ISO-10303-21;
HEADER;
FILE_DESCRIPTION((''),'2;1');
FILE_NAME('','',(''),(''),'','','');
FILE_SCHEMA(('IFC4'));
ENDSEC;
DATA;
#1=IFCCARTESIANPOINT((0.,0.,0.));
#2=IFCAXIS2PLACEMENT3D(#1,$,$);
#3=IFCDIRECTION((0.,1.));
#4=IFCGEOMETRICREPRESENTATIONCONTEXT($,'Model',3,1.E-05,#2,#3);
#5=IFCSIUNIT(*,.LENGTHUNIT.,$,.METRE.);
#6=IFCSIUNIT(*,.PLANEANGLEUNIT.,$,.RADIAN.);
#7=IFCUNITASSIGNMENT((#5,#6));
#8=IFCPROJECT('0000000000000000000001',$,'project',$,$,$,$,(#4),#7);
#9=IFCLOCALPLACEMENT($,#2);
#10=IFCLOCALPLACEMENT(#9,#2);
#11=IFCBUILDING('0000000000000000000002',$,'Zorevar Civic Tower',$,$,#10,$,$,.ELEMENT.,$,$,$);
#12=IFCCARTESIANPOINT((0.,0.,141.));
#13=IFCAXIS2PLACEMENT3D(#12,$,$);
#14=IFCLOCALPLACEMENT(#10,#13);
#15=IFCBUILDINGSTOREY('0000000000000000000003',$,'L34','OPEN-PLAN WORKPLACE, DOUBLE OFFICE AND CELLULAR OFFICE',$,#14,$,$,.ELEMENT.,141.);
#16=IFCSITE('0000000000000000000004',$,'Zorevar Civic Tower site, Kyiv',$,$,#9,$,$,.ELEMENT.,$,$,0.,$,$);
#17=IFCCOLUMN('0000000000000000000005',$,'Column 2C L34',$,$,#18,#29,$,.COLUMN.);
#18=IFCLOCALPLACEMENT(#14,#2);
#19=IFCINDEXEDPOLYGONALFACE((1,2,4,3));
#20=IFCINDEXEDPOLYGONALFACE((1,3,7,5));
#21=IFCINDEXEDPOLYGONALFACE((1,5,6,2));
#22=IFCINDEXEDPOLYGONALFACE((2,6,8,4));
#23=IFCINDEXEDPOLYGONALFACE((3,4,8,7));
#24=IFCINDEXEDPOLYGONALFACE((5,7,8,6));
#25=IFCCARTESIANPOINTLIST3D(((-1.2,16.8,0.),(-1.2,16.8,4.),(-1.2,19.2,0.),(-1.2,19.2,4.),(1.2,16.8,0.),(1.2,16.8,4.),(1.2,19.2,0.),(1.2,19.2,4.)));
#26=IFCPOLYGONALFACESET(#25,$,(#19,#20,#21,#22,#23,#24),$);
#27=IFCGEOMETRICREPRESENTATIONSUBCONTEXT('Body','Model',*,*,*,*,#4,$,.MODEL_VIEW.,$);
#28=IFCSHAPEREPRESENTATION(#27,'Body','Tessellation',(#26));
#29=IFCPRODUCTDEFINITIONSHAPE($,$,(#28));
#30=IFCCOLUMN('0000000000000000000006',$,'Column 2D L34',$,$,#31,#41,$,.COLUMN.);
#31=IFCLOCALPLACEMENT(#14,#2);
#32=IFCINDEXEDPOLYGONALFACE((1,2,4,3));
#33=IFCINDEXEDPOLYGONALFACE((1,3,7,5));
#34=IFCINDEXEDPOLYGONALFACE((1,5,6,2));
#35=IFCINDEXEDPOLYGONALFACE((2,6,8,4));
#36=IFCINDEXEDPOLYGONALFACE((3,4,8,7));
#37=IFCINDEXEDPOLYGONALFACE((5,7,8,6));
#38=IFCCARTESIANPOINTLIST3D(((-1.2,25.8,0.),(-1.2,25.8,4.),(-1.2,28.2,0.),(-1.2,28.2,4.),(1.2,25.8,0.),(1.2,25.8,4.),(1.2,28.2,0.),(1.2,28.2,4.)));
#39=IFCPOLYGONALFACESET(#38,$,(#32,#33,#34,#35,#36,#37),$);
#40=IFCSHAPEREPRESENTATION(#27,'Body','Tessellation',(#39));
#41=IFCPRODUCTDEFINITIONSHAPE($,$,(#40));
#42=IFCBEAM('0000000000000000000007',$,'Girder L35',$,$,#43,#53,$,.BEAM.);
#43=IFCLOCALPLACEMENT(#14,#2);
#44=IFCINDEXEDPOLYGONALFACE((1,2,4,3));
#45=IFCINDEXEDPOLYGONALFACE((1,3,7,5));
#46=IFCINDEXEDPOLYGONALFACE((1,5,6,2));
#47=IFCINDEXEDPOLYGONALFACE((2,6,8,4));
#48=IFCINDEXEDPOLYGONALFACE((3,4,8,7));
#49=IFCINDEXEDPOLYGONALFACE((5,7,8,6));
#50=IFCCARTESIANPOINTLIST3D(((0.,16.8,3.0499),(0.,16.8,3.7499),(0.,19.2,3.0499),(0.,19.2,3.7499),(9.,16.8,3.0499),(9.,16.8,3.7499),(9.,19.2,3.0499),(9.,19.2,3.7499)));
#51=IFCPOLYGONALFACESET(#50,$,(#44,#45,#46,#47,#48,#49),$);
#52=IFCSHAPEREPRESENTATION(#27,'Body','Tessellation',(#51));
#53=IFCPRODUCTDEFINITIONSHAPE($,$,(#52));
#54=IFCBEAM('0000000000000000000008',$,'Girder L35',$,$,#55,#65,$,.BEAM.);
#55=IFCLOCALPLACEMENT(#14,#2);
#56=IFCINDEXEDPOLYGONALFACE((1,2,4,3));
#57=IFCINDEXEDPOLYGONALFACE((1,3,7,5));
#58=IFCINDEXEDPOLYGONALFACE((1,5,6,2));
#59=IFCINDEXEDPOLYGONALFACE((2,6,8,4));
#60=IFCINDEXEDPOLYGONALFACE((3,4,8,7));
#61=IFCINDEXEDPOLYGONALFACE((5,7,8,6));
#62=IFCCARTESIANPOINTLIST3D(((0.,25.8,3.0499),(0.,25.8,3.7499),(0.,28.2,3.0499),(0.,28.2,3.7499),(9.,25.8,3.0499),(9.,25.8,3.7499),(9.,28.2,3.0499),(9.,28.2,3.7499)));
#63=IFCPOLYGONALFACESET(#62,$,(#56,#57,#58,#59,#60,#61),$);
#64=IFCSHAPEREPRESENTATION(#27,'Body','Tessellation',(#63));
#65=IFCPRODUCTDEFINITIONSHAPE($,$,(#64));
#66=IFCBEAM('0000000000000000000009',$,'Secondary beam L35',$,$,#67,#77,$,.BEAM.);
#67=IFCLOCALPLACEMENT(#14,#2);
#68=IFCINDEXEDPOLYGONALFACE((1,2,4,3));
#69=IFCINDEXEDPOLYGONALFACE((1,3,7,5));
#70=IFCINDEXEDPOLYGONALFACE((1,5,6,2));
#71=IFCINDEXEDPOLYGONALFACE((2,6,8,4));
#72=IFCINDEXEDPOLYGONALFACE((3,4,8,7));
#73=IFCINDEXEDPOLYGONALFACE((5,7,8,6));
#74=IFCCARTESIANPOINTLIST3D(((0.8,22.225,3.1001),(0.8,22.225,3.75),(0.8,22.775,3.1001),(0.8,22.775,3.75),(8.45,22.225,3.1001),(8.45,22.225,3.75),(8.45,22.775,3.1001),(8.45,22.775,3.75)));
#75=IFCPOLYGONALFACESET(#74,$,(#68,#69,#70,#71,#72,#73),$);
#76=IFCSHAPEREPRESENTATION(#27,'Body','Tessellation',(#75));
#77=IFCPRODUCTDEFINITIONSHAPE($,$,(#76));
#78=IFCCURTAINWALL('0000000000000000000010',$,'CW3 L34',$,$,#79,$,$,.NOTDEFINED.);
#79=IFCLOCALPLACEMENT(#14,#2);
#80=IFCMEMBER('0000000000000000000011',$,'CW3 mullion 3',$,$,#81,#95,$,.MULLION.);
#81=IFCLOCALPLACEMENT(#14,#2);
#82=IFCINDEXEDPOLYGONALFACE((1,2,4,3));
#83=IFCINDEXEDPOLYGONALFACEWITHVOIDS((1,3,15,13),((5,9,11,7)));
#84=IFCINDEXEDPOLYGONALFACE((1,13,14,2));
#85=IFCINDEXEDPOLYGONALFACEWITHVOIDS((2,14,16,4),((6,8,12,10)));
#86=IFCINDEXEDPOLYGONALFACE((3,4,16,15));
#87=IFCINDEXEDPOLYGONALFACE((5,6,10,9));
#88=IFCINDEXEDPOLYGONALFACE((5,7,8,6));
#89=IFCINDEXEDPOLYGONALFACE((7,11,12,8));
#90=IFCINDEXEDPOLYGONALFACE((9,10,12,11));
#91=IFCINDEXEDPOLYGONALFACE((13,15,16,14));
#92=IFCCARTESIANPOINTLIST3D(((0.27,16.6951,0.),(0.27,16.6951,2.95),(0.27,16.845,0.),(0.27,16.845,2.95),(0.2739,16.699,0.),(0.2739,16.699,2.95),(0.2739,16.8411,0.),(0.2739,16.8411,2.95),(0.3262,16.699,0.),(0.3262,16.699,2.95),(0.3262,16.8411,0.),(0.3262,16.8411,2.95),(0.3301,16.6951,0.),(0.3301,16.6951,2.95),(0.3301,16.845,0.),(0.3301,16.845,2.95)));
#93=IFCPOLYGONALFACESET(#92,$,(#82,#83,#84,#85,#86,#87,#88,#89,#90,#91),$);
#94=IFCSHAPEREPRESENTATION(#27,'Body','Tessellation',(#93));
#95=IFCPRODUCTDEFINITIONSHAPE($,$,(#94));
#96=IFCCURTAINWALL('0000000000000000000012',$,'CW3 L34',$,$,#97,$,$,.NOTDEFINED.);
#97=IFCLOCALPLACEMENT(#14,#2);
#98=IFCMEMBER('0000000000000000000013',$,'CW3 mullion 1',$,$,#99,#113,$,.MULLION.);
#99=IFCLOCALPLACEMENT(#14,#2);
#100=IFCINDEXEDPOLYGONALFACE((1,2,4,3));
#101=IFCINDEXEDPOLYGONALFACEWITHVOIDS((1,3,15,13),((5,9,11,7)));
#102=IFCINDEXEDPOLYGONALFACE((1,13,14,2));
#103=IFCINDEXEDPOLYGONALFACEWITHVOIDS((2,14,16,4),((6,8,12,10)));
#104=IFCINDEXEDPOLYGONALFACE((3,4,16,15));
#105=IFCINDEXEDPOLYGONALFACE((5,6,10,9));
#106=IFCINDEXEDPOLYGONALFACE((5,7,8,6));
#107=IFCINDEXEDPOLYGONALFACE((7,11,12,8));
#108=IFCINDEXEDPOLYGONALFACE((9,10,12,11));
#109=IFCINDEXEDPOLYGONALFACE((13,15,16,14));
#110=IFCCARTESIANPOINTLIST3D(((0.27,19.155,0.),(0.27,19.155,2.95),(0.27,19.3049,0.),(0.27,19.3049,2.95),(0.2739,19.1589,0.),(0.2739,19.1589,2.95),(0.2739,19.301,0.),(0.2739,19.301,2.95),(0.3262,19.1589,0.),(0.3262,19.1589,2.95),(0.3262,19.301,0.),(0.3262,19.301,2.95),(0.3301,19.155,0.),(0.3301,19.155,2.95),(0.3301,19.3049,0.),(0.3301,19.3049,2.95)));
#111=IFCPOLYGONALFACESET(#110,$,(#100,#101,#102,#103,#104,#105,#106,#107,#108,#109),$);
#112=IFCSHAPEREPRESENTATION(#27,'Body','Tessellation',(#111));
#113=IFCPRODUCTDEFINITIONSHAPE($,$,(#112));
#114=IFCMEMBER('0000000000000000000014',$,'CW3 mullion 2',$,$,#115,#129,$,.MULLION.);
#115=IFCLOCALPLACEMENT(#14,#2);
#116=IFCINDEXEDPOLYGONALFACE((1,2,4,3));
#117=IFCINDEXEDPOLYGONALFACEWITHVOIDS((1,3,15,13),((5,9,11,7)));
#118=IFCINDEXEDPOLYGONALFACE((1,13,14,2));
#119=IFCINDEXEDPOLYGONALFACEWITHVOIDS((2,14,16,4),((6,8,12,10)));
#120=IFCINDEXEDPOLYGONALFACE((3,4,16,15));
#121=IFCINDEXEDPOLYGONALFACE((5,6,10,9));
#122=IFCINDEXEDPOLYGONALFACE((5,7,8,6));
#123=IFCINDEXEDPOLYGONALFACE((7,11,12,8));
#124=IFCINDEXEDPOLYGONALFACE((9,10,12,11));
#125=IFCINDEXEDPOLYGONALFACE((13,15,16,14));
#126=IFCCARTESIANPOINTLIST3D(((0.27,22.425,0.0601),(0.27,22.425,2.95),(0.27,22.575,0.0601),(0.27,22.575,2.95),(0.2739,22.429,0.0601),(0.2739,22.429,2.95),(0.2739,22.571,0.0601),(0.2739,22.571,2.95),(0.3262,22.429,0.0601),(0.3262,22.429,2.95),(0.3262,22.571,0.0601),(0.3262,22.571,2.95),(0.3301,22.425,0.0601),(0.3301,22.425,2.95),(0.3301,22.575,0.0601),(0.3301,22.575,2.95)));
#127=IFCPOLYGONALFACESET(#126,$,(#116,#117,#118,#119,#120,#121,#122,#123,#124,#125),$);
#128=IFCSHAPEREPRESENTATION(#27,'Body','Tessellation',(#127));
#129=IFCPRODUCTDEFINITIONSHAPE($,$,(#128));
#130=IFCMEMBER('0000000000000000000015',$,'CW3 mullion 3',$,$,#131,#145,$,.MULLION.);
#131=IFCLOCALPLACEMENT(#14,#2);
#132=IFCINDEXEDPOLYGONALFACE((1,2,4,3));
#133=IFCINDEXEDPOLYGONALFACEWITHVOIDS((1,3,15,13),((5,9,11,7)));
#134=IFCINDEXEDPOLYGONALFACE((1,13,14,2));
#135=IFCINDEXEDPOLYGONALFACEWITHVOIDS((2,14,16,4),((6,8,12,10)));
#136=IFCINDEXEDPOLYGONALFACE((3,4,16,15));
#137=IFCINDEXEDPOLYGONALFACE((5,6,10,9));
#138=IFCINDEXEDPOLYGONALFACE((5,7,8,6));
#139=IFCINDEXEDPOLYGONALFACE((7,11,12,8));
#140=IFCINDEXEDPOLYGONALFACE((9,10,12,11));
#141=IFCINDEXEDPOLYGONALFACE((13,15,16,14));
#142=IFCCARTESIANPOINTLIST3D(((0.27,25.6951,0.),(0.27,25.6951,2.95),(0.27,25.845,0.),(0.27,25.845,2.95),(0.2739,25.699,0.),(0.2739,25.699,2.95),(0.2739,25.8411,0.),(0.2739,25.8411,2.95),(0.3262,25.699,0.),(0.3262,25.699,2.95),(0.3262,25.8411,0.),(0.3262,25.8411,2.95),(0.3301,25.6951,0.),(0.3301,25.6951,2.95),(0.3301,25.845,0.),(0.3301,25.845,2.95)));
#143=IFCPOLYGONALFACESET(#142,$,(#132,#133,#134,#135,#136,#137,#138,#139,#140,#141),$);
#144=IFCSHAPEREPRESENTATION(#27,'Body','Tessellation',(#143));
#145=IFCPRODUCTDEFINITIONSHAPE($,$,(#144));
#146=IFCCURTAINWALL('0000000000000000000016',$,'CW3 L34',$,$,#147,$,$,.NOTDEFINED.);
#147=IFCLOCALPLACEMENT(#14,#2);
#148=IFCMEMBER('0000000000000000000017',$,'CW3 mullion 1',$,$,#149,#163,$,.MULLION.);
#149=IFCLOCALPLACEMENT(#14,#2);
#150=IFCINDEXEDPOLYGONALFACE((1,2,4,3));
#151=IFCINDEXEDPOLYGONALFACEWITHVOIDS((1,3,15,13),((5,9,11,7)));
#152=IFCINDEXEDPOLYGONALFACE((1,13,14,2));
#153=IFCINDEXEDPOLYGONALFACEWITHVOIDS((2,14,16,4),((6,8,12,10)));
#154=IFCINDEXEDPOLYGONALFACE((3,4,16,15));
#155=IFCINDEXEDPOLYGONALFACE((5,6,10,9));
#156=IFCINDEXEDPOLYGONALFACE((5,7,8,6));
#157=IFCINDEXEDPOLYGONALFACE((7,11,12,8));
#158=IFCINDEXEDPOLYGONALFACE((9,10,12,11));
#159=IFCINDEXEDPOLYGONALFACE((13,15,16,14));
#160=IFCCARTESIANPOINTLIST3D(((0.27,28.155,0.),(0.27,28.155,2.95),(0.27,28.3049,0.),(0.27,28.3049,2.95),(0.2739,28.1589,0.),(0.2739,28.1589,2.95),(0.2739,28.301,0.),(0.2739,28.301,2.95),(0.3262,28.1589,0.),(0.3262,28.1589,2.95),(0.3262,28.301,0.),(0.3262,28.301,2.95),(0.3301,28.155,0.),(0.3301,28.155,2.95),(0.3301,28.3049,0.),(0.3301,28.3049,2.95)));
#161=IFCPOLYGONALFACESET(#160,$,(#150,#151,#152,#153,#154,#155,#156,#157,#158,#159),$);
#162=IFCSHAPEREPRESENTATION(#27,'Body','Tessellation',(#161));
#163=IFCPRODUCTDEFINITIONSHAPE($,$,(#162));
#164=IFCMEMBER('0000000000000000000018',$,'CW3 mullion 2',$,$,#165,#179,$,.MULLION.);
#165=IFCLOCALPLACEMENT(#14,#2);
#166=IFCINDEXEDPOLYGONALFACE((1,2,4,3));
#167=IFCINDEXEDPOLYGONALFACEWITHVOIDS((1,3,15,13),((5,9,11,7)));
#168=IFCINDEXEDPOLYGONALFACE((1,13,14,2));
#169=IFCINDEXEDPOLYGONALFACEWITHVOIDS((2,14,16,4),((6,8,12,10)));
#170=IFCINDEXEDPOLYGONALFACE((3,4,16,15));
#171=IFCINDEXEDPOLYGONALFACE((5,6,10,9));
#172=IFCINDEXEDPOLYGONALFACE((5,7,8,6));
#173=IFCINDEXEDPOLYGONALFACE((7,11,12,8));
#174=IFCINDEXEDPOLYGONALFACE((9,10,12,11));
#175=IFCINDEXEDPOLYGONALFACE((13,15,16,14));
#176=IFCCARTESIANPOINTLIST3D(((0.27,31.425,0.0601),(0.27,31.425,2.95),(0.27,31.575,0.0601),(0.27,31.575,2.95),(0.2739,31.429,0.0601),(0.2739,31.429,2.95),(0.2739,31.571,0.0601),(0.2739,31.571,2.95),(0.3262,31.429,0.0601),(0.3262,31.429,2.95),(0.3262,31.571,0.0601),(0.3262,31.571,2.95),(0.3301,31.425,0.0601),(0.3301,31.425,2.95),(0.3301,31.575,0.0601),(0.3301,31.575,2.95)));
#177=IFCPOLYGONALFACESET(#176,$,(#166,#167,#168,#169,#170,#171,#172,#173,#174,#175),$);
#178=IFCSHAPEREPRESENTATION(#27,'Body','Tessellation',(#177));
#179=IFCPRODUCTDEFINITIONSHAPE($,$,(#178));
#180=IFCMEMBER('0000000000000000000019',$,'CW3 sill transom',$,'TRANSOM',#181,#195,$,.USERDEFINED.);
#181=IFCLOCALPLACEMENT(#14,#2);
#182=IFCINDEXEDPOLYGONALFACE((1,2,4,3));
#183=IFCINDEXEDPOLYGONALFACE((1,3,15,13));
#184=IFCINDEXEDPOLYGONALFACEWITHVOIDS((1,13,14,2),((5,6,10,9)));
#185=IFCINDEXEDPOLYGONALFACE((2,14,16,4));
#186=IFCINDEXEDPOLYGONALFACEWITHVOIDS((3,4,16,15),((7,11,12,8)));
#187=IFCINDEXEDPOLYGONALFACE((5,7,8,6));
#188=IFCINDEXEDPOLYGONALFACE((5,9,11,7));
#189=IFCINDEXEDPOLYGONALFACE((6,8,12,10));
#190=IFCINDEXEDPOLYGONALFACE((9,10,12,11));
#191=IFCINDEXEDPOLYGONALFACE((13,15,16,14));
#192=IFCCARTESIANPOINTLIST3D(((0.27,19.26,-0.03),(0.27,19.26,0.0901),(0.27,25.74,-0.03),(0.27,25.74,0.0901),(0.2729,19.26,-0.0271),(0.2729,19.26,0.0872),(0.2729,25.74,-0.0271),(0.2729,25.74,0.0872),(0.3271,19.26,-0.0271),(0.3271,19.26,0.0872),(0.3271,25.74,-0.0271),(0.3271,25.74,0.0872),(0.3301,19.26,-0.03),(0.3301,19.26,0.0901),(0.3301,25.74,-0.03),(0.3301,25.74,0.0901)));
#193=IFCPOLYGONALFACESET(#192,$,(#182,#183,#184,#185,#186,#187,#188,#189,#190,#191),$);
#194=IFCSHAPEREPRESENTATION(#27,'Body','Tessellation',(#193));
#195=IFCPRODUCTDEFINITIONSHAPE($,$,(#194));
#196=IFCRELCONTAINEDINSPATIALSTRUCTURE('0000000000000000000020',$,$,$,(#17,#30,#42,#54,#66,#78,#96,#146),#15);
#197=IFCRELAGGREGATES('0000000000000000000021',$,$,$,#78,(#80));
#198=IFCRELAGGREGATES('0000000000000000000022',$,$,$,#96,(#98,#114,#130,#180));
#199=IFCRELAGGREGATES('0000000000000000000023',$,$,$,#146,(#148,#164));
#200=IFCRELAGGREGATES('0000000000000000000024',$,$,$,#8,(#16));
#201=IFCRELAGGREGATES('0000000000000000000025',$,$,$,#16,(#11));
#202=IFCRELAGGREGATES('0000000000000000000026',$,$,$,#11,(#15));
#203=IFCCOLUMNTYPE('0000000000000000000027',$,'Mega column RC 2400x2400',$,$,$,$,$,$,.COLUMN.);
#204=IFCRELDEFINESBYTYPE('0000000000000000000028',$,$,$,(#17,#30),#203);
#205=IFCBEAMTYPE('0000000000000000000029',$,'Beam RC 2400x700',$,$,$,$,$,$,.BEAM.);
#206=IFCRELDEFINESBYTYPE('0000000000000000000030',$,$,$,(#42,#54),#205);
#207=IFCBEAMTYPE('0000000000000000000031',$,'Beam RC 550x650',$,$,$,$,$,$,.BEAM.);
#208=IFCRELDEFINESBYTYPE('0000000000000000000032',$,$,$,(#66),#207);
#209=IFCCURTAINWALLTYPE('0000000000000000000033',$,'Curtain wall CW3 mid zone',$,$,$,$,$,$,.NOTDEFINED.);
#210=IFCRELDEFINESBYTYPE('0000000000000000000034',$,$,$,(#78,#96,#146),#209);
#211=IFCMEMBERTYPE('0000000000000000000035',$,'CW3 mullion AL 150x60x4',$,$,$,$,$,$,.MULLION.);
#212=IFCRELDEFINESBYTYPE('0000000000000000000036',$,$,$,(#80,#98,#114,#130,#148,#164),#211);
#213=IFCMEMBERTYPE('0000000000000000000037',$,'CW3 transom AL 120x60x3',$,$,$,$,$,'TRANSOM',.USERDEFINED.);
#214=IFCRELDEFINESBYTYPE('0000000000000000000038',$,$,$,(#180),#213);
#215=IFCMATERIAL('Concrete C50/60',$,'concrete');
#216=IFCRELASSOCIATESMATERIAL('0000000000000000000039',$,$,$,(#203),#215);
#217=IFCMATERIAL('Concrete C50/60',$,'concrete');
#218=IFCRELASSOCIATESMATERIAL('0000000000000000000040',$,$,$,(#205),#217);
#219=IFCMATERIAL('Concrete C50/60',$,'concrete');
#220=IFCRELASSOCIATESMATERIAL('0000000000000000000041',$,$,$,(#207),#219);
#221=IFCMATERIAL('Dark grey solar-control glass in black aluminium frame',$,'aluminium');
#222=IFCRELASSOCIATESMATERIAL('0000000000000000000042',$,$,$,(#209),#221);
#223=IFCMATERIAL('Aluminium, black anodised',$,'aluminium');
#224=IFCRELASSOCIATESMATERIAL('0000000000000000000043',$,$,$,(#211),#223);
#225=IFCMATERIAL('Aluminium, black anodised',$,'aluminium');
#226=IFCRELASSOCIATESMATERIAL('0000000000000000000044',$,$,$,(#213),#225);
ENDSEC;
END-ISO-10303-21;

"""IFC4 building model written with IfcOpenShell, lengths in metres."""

from ifc_helpers import new_model, si_unit, direction, frame, origin, origin_2d, place, context, subcontext, project, spatial, rectangle, hollow_rectangle, extrude, material, material_profile, profile_set, type_object, element, aggregate, save


model = new_model("IFC4")

# Units and contexts
model_context = context("Model", 3, precision=1e-05, world=origin(), true_north=direction((0.0, 1.0)))
body_context = subcontext(model_context, "Body", "Model", "MODEL_VIEW")
ifc_project = project(units=[si_unit("LENGTHUNIT", "METRE"), si_unit("PLANEANGLEUNIT", "RADIAN")], contexts=[model_context])

# Site, building, storey
site_placement = place(None, origin())
site = spatial("IfcSite", under=ifc_project, at=site_placement, Name="Zorevar Civic Tower site, Kyiv", CompositionType="ELEMENT", RefElevation=0.0)
building_placement = place(site_placement, origin())
building = spatial("IfcBuilding", under=site, at=building_placement, Name="Zorevar Civic Tower", CompositionType="ELEMENT")
storey_placement = place(building_placement, frame((0.0, 0.0, 141.0)))
storey = spatial("IfcBuildingStorey", under=building, at=storey_placement, Name="L34", Description="OPEN-PLAN WORKPLACE, DOUBLE OFFICE AND CELLULAR OFFICE", CompositionType="ELEMENT", Elevation=141.0)

# Columns
ifc_material_1 = material(Name="Concrete C50/60", Category="concrete")
ifc_material_profile_1 = material_profile(ifc_material_1, rectangle(XDim=2.3999, YDim=2.3999, at=origin_2d()), Name="RC 2400x2400")
ifc_profile_set_1 = profile_set([ifc_material_profile_1], Name="Concrete C50/60")
column_type = type_object("IfcColumnType", Name="Mega column RC 2400x2400", PredefinedType="COLUMN", material=ifc_profile_set_1)
for number, where, z_axis, x_axis, name in (
    (1, (0.0, 18.0, 0.0), (0.0, 0.0, 1.0), (1.0, 0.0, 0.0), "Column 2C L34"),
    (2, (0.0, 27.0, 0.0), (0.0, 0.0, 1.0), (1.0, 0.0, 0.0), "Column 2D L34"),
):
    element("IfcColumn", number, at=place(storey_placement, frame(where, z_axis=z_axis, x_axis=x_axis)), inside=storey, type_object=column_type, Name=name, PredefinedType="COLUMN", context=body_context, shape_type="SweptSolid", body=[
        extrude(rectangle(XDim=2.3999, YDim=2.3999, at=origin_2d()), origin(), (0.0, 0.0, 1.0), 4.0),
    ])

# Beams
ifc_material_2 = material(Name="Concrete C50/60", Category="concrete")
ifc_material_profile_2 = material_profile(ifc_material_2, rectangle(XDim=2.3999, YDim=0.7, at=origin_2d()), Name="RC 2400x700")
ifc_profile_set_2 = profile_set([ifc_material_profile_2], Name="Concrete C50/60")
beam_type_1 = type_object("IfcBeamType", Name="Beam RC 2400x700", PredefinedType="BEAM", material=ifc_profile_set_2)
for number, where, z_axis, x_axis, name in (
    (3, (0.0, 18.0, 3.3999), (1.0, 0.0, 0.0), (0.0, 1.0, 0.0), "Girder L35"),
    (4, (0.0, 27.0, 3.3999), (1.0, 0.0, 0.0), (0.0, 1.0, 0.0), "Girder L35"),
):
    element("IfcBeam", number, at=place(storey_placement, frame(where, z_axis=z_axis, x_axis=x_axis)), inside=storey, type_object=beam_type_1, Name=name, PredefinedType="BEAM", context=body_context, shape_type="SweptSolid", body=[
        extrude(rectangle(XDim=2.3999, YDim=0.7, at=origin_2d()), origin(), (0.0, 0.0, 1.0), 9.0),
    ])
ifc_material_3 = material(Name="Concrete C50/60", Category="concrete")
ifc_material_profile_3 = material_profile(ifc_material_3, rectangle(XDim=0.55, YDim=0.6499, at=origin_2d()), Name="RC 550x650")
ifc_profile_set_3 = profile_set([ifc_material_profile_3], Name="Concrete C50/60")
beam_type_2 = type_object("IfcBeamType", Name="Beam RC 550x650", PredefinedType="BEAM", material=ifc_profile_set_3)
beam_placement = place(storey_placement, frame((0.8, 22.5, 3.425), z_axis=(1.0, 0.0, 0.0), x_axis=(0.0, 1.0, 0.0)))
element("IfcBeam", 5, at=beam_placement, inside=storey, type_object=beam_type_2, Name="Secondary beam L35", PredefinedType="BEAM", context=body_context, shape_type="SweptSolid", body=[
    extrude(rectangle(XDim=0.55, YDim=0.6499, at=origin_2d()), origin(), (0.0, 0.0, 1.0), 7.6499),
])

# Curtain wall, member
ifc_material_4 = material(Name="Dark grey solar-control glass in black aluminium frame", Category="aluminium")
curtain_wall_type = type_object("IfcCurtainWallType", Name="Curtain wall CW3 mid zone", PredefinedType="NOTDEFINED", material=ifc_material_4)
curtain_wall_1_placement = place(storey_placement, origin())
curtain_wall_1 = element("IfcCurtainWall", 6, at=curtain_wall_1_placement, inside=storey, type_object=curtain_wall_type, Name="CW3 L34", PredefinedType="NOTDEFINED")
ifc_material_5 = material(Name="Aluminium, black anodised", Category="aluminium")
ifc_material_profile_4 = material_profile(ifc_material_5, hollow_rectangle(XDim=0.0601, YDim=0.1499, WallThickness=0.0039, at=origin_2d()), Name="AL 150x60x4")
ifc_profile_set_4 = profile_set([ifc_material_profile_4], Name="Aluminium, black anodised")
member_type_1 = type_object("IfcMemberType", Name="CW3 mullion AL 150x60x4", PredefinedType="MULLION", material=ifc_profile_set_4)
member_1_placement = place(storey_placement, frame((0.3, 16.77, 0.0), z_axis=(0.0, 0.0, 1.0), x_axis=(-1.0, 0.0, 0.0)))
member_1 = element("IfcMember", 7, at=member_1_placement, type_object=member_type_1, Name="CW3 mullion 3", PredefinedType="MULLION", context=body_context, shape_type="SweptSolid", body=[
    extrude(hollow_rectangle(XDim=0.0601, YDim=0.1499, WallThickness=0.0039, at=origin_2d()), origin(), (0.0, 0.0, 1.0), 2.95),
])

# Curtain walls, members
curtain_wall_2_placement = place(storey_placement, origin())
curtain_wall_2 = element("IfcCurtainWall", 8, at=curtain_wall_2_placement, inside=storey, type_object=curtain_wall_type, Name="CW3 L34", PredefinedType="NOTDEFINED")
member_2_placement = place(storey_placement, frame((0.3, 19.23, 0.0), z_axis=(0.0, 0.0, 1.0), x_axis=(-1.0, 0.0, 0.0)))
member_2 = element("IfcMember", 9, at=member_2_placement, type_object=member_type_1, Name="CW3 mullion 1", PredefinedType="MULLION", context=body_context, shape_type="SweptSolid", body=[
    extrude(hollow_rectangle(XDim=0.0601, YDim=0.1499, WallThickness=0.0039, at=origin_2d()), origin(), (0.0, 0.0, 1.0), 2.95),
])
member_3_placement = place(storey_placement, frame((0.3, 22.5, 0.0601), z_axis=(0.0, 0.0, 1.0), x_axis=(-1.0, 0.0, 0.0)))
member_3 = element("IfcMember", 10, at=member_3_placement, type_object=member_type_1, Name="CW3 mullion 2", PredefinedType="MULLION", context=body_context, shape_type="SweptSolid", body=[
    extrude(hollow_rectangle(XDim=0.0601, YDim=0.1499, WallThickness=0.0039, at=origin_2d()), origin(), (0.0, 0.0, 1.0), 2.8899),
])
member_4_placement = place(storey_placement, frame((0.3, 25.77, 0.0), z_axis=(0.0, 0.0, 1.0), x_axis=(-1.0, 0.0, 0.0)))
member_4 = element("IfcMember", 11, at=member_4_placement, type_object=member_type_1, Name="CW3 mullion 3", PredefinedType="MULLION", context=body_context, shape_type="SweptSolid", body=[
    extrude(hollow_rectangle(XDim=0.0601, YDim=0.1499, WallThickness=0.0039, at=origin_2d()), origin(), (0.0, 0.0, 1.0), 2.95),
])
curtain_wall_3_placement = place(storey_placement, origin())
curtain_wall_3 = element("IfcCurtainWall", 12, at=curtain_wall_3_placement, inside=storey, type_object=curtain_wall_type, Name="CW3 L34", PredefinedType="NOTDEFINED")
member_5_placement = place(storey_placement, frame((0.3, 28.23, 0.0), z_axis=(0.0, 0.0, 1.0), x_axis=(-1.0, 0.0, 0.0)))
member_5 = element("IfcMember", 13, at=member_5_placement, type_object=member_type_1, Name="CW3 mullion 1", PredefinedType="MULLION", context=body_context, shape_type="SweptSolid", body=[
    extrude(hollow_rectangle(XDim=0.0601, YDim=0.1499, WallThickness=0.0039, at=origin_2d()), origin(), (0.0, 0.0, 1.0), 2.95),
])
member_6_placement = place(storey_placement, frame((0.3, 31.5, 0.0601), z_axis=(0.0, 0.0, 1.0), x_axis=(-1.0, 0.0, 0.0)))
member_6 = element("IfcMember", 14, at=member_6_placement, type_object=member_type_1, Name="CW3 mullion 2", PredefinedType="MULLION", context=body_context, shape_type="SweptSolid", body=[
    extrude(hollow_rectangle(XDim=0.0601, YDim=0.1499, WallThickness=0.0039, at=origin_2d()), origin(), (0.0, 0.0, 1.0), 2.8899),
])

# Member
ifc_material_6 = material(Name="Aluminium, black anodised", Category="aluminium")
ifc_material_profile_5 = material_profile(ifc_material_6, hollow_rectangle(XDim=0.0601, YDim=0.1201, WallThickness=0.0029, at=origin_2d()), Name="AL 120x60x3")
ifc_profile_set_5 = profile_set([ifc_material_profile_5], Name="Aluminium, black anodised")
member_type_2 = type_object("IfcMemberType", Name="CW3 transom AL 120x60x3", ElementType="TRANSOM", PredefinedType="USERDEFINED", material=ifc_profile_set_5)
member_7_placement = place(storey_placement, frame((0.3, 19.26, 0.03), z_axis=(0.0, 1.0, 0.0), x_axis=(-1.0, 0.0, 0.0)))
member_7 = element("IfcMember", 15, at=member_7_placement, type_object=member_type_2, Name="CW3 sill transom", ObjectType="TRANSOM", PredefinedType="USERDEFINED", context=body_context, shape_type="SweptSolid", body=[
    extrude(hollow_rectangle(XDim=0.0601, YDim=0.1201, WallThickness=0.0029, at=origin_2d()), origin(), (0.0, 0.0, 1.0), 6.48),
])

aggregate(curtain_wall_1, [member_1])
aggregate(curtain_wall_2, [member_2, member_3, member_4, member_7])
aggregate(curtain_wall_3, [member_5, member_6])

save(model, "model.ifc")
